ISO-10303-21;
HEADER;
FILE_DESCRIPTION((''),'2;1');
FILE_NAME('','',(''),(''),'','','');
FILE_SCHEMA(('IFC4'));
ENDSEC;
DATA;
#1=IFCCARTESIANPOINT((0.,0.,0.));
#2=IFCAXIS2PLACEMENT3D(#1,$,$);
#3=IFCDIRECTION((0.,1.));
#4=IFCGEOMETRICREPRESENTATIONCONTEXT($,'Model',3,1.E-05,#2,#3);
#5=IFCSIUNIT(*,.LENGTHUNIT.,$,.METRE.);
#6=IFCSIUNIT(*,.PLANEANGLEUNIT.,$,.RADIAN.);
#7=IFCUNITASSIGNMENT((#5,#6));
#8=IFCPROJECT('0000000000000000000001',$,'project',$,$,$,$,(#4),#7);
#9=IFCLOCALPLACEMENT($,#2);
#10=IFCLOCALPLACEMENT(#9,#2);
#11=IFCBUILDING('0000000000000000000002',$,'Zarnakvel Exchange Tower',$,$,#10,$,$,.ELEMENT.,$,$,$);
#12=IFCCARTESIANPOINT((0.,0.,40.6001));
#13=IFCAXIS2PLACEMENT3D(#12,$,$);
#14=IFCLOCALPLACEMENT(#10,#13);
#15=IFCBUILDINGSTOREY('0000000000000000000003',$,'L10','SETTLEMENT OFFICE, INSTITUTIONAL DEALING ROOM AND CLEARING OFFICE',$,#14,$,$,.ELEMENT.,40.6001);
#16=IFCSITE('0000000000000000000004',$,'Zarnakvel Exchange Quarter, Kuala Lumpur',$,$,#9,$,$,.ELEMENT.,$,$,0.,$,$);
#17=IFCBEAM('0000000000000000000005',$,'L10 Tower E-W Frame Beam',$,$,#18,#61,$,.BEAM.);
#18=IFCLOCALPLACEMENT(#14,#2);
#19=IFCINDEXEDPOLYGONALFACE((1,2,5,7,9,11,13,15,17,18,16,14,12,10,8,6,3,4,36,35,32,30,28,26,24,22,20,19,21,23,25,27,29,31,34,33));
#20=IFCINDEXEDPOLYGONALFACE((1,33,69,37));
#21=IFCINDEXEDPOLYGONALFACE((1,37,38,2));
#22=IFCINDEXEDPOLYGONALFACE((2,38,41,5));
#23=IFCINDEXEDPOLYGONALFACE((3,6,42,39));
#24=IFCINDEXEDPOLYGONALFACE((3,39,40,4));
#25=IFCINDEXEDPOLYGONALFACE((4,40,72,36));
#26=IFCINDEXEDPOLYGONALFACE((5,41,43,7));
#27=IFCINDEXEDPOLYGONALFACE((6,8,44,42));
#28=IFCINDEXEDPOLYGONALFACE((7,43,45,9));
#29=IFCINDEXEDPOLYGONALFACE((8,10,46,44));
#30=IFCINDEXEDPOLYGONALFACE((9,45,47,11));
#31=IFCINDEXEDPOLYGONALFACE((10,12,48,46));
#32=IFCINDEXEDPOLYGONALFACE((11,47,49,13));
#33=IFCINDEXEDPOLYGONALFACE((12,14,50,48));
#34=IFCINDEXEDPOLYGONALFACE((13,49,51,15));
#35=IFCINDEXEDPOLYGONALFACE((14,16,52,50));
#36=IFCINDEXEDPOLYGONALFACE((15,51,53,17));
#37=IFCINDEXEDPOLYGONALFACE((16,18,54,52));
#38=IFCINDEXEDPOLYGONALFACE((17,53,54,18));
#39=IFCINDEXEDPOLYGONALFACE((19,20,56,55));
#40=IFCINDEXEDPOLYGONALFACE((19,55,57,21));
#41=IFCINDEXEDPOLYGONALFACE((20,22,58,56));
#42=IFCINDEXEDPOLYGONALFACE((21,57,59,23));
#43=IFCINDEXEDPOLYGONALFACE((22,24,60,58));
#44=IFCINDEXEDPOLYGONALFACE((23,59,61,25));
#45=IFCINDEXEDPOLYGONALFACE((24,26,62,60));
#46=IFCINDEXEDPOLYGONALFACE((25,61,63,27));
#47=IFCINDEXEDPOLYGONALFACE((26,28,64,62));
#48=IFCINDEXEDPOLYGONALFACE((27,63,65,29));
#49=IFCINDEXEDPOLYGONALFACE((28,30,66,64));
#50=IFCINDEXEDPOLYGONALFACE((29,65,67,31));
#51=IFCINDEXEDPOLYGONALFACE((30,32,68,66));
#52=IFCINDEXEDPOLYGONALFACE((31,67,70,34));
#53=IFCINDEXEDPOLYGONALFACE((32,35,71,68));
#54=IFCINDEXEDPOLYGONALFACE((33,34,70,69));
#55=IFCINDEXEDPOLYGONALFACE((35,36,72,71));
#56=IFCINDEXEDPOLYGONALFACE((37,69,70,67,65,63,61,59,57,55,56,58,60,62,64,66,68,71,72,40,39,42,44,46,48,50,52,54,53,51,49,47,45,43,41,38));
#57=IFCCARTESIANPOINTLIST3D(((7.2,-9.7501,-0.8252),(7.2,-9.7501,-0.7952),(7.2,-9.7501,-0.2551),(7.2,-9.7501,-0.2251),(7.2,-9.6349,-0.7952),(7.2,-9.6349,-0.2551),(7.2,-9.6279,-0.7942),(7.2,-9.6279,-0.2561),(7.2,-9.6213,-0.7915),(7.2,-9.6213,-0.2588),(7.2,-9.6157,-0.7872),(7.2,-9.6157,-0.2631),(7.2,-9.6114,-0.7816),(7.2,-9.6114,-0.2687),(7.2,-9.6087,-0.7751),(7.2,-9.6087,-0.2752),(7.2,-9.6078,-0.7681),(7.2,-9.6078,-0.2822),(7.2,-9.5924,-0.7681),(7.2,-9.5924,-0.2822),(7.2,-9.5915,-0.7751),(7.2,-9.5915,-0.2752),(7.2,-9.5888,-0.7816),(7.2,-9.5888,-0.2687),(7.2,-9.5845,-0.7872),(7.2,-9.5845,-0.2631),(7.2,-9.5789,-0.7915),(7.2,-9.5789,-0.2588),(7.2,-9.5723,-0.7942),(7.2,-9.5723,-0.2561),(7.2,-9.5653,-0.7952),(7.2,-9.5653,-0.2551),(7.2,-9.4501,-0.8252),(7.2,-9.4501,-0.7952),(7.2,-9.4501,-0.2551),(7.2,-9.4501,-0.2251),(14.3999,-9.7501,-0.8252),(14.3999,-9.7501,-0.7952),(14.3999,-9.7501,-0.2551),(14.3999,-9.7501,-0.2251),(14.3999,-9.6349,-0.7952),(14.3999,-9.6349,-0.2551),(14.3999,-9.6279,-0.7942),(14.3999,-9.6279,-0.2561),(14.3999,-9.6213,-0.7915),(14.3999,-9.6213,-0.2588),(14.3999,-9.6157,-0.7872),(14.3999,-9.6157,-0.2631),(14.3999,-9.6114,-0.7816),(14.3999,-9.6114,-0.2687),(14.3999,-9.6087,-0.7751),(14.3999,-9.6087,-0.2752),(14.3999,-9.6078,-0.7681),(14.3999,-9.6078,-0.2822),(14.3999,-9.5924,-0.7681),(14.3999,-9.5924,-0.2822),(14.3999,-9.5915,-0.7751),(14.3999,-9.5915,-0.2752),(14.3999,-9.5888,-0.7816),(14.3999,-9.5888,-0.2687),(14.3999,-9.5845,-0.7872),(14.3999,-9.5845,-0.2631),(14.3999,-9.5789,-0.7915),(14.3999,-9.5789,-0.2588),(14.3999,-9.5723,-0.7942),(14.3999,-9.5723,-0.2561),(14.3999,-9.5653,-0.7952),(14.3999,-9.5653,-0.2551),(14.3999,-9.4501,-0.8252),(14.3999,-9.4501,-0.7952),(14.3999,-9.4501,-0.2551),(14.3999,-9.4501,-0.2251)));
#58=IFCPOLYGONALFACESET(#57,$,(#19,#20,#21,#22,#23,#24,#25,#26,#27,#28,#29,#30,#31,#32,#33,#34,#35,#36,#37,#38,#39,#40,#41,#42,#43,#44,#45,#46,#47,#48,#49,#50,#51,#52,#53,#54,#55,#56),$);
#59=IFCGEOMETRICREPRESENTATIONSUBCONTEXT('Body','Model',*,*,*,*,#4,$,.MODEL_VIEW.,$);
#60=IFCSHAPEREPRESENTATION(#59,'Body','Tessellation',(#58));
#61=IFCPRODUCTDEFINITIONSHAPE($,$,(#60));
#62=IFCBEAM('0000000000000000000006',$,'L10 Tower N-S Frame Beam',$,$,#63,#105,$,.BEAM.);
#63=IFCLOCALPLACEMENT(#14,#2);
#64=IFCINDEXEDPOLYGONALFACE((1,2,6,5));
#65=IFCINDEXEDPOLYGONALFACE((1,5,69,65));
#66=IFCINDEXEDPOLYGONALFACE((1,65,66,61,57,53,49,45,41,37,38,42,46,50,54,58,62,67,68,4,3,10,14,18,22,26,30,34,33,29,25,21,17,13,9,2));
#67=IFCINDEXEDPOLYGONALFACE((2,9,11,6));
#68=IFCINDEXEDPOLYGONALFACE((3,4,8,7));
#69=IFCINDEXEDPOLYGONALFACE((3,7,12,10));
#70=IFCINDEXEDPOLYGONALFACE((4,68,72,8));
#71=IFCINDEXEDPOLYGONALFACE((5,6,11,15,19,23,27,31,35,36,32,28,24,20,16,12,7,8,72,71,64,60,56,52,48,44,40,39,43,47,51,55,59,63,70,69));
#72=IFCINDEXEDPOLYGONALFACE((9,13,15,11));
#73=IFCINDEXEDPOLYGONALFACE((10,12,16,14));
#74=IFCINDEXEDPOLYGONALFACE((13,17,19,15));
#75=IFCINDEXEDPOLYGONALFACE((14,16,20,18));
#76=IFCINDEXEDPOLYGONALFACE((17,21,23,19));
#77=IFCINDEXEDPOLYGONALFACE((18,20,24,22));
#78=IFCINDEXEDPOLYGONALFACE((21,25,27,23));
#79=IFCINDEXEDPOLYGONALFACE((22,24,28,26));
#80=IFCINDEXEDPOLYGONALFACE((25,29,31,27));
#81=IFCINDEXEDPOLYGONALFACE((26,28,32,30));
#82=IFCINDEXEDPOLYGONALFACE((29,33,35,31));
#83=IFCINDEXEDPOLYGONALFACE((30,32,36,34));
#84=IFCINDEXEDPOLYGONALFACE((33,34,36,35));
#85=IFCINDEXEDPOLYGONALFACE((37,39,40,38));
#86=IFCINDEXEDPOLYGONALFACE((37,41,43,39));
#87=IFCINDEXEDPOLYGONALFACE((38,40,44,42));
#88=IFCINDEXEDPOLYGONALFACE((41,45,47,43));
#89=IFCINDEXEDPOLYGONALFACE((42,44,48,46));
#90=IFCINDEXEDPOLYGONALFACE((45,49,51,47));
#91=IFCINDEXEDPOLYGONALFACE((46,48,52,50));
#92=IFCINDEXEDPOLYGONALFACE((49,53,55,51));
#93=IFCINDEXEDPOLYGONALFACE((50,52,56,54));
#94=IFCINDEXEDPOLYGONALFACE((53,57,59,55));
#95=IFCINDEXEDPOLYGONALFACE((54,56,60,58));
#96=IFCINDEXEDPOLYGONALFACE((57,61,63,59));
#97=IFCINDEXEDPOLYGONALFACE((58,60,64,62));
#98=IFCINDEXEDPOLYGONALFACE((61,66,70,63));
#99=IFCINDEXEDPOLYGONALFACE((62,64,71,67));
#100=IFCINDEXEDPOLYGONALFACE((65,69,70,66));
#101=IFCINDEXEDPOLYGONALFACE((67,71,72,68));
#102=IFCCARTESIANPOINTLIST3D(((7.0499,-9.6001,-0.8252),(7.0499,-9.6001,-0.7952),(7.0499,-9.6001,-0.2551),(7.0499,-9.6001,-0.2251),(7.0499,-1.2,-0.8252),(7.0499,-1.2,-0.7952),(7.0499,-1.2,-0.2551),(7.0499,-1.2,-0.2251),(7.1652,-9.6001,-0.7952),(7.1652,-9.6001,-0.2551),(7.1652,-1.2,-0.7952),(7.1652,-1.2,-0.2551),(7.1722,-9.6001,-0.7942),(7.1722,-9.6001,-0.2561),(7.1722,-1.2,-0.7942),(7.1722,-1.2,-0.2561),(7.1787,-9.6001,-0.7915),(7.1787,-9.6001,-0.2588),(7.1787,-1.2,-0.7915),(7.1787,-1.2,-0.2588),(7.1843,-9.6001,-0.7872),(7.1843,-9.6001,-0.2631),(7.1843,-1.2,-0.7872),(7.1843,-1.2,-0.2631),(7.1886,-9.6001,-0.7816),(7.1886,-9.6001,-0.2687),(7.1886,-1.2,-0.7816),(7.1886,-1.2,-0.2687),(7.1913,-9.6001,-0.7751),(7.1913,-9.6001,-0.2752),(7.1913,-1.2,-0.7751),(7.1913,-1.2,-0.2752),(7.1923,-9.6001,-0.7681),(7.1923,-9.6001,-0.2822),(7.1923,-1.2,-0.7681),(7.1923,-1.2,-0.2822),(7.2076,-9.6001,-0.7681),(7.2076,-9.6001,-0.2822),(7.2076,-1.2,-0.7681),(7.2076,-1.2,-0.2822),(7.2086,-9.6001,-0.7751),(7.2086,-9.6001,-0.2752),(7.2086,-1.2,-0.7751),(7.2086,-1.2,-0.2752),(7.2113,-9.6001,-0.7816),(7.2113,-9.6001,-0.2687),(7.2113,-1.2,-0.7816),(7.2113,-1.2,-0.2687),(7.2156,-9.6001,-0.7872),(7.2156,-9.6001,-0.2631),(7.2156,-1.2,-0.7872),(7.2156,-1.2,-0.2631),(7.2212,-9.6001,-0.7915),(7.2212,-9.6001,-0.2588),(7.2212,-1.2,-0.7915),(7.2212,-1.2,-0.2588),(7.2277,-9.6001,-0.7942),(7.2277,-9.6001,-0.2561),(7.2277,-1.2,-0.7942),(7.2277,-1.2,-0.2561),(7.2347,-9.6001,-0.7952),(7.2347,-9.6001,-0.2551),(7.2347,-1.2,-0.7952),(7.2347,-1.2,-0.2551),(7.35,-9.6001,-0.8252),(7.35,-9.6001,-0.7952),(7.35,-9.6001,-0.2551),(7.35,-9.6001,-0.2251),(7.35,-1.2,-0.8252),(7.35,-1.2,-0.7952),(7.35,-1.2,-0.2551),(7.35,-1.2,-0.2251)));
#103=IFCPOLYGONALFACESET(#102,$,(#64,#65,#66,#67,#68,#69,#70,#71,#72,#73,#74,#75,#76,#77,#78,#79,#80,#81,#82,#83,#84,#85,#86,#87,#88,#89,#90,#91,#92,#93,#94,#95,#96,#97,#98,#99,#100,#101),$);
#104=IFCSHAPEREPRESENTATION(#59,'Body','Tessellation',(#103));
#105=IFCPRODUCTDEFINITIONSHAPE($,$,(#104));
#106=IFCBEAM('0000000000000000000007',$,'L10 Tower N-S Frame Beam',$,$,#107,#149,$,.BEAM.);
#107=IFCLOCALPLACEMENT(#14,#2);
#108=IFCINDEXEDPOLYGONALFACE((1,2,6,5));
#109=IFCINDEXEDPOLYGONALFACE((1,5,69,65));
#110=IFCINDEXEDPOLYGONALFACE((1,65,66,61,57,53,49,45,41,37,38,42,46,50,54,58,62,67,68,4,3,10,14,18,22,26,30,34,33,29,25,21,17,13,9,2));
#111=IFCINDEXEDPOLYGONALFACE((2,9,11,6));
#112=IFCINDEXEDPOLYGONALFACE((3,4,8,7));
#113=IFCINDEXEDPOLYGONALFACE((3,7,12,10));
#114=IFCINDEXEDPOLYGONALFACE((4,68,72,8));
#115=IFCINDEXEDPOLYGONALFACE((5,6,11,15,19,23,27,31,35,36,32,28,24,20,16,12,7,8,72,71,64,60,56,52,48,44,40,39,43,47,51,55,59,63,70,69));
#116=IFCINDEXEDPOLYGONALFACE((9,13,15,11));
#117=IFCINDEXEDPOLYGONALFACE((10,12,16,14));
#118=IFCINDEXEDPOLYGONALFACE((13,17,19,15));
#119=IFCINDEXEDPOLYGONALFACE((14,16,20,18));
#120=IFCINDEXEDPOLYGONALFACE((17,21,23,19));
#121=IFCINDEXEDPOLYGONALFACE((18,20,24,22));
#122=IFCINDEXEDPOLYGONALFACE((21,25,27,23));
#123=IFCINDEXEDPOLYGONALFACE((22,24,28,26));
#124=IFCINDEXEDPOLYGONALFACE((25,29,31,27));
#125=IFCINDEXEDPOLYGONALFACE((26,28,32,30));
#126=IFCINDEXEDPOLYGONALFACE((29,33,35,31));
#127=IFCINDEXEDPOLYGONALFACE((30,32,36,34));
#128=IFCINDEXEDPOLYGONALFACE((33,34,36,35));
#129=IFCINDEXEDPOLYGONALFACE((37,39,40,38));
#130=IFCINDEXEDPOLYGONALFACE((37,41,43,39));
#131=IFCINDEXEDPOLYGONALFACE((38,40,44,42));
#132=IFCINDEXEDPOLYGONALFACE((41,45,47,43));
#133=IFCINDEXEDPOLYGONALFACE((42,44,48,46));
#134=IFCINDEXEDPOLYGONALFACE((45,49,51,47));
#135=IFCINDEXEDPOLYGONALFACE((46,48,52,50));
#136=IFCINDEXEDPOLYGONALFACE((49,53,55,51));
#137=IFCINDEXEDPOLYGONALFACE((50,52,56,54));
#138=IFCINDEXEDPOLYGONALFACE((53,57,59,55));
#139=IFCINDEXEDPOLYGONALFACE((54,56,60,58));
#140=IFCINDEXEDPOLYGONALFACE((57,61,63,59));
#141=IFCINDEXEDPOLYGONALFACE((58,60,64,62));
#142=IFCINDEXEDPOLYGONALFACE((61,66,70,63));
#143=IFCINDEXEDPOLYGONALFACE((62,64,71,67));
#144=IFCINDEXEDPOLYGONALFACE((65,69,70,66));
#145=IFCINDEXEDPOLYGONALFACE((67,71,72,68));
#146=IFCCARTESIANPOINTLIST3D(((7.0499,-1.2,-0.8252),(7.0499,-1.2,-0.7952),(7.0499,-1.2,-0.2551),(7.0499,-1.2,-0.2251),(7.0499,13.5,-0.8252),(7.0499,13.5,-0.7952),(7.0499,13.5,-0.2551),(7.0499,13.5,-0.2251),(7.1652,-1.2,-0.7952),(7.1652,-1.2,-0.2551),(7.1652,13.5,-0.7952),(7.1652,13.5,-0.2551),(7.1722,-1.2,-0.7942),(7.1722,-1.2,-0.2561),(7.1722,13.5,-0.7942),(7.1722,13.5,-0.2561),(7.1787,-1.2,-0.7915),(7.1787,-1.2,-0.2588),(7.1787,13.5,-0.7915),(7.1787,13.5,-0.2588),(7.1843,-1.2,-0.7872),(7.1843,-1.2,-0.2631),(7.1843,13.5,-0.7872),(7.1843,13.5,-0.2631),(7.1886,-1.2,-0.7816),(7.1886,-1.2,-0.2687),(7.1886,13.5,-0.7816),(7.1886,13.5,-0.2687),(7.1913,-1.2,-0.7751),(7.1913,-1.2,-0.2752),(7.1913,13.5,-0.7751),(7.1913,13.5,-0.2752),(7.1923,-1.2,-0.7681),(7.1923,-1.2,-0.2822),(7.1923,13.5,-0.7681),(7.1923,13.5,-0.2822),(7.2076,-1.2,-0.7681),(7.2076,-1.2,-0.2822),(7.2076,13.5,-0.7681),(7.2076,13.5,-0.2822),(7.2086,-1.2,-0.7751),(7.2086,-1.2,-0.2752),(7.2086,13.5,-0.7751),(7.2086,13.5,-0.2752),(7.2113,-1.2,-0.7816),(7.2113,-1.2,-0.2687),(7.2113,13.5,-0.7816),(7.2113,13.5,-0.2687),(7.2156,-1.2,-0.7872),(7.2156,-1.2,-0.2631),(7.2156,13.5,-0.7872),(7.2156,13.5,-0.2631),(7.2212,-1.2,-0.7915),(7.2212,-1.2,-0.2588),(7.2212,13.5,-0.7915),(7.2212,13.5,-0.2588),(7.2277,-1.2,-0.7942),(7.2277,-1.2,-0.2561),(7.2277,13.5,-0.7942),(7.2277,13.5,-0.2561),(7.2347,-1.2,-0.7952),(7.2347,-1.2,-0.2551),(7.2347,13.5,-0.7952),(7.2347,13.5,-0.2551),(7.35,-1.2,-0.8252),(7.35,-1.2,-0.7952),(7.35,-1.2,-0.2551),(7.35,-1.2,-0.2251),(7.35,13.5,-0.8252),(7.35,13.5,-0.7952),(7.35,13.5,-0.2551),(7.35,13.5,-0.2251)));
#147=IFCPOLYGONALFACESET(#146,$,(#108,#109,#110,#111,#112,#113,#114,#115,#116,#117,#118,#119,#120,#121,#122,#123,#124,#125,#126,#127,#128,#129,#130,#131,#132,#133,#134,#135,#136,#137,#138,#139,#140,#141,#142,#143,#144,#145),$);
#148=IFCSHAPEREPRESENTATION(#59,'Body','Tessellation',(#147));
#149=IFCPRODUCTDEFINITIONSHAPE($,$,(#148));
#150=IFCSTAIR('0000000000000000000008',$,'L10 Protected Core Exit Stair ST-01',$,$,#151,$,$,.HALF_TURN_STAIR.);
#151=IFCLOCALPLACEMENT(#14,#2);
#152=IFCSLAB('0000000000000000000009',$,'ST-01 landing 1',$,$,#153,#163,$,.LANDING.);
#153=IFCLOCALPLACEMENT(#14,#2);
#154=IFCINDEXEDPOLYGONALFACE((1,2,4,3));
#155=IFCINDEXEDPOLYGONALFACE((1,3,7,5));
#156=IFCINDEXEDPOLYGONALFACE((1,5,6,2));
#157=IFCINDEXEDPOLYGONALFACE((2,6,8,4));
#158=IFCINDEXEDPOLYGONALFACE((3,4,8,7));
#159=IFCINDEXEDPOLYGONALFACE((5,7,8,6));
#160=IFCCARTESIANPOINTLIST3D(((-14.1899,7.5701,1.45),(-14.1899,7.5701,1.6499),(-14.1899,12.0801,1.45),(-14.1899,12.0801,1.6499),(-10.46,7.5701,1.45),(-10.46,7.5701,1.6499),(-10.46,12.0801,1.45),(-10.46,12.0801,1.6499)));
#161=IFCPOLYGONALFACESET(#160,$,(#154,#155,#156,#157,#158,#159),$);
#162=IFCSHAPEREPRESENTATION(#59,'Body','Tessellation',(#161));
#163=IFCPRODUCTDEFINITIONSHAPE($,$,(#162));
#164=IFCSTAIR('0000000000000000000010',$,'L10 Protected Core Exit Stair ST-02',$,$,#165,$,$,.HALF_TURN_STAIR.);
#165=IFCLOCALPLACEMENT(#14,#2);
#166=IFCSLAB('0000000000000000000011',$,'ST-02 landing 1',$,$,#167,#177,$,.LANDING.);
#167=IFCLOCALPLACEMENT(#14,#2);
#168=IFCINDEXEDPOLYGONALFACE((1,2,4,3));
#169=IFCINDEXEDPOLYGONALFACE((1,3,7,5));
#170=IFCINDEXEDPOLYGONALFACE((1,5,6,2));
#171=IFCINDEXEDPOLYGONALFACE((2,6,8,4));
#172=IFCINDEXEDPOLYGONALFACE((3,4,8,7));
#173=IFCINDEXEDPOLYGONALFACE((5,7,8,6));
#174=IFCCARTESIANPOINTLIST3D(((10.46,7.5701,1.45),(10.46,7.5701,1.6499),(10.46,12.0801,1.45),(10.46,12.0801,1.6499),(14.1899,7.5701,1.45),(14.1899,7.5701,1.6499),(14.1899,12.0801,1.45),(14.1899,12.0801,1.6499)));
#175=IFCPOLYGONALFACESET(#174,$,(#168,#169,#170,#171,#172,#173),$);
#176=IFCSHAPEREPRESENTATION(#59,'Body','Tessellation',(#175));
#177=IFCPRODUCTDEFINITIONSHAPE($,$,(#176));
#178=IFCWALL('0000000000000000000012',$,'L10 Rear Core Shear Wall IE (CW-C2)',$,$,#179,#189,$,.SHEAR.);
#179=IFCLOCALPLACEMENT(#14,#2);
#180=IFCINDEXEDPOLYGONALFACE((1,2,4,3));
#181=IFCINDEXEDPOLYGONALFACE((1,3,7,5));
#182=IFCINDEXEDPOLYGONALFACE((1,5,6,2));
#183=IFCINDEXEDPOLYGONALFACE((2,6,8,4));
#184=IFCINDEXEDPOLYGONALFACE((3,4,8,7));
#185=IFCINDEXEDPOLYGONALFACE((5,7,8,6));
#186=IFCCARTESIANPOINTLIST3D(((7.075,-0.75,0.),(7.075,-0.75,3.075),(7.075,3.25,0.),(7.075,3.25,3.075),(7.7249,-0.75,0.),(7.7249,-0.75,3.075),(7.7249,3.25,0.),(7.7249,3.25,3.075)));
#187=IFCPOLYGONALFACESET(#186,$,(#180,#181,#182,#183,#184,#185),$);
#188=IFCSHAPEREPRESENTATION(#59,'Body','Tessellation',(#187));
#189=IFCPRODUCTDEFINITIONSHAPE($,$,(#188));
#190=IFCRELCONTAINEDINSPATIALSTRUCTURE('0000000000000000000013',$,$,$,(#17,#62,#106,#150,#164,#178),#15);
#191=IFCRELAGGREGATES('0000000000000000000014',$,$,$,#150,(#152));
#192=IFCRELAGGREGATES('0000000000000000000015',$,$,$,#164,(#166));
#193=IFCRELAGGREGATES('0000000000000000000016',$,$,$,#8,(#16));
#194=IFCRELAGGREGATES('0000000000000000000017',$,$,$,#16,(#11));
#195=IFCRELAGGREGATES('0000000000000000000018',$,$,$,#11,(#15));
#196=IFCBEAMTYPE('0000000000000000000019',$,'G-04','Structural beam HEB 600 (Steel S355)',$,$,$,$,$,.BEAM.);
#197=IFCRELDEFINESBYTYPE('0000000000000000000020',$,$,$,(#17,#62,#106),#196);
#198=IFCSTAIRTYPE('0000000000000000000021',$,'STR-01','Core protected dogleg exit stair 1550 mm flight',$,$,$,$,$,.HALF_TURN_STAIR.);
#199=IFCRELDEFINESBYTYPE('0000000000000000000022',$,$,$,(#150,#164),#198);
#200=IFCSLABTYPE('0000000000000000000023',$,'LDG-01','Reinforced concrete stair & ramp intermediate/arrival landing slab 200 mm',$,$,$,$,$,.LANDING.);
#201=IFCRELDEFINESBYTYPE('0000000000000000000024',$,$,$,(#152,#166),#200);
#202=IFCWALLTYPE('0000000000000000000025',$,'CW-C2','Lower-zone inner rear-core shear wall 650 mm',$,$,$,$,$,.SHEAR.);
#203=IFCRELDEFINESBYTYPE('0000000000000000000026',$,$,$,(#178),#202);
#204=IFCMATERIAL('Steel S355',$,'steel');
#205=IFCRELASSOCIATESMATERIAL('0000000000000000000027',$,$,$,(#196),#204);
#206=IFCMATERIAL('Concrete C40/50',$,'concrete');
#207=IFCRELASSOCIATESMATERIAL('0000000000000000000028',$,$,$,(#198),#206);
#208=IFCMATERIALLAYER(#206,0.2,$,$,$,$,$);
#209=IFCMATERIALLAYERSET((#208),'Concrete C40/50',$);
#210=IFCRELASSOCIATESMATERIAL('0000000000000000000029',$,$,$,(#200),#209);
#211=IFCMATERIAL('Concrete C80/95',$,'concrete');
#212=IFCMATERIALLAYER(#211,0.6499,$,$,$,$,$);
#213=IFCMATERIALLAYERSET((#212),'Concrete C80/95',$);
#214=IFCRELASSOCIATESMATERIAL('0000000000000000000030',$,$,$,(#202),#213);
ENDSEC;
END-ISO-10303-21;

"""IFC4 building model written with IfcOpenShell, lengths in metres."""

from ifc_helpers import new_model, si_unit, direction, frame, frame_2d, origin, origin_2d, place, context, subcontext, project, spatial, polyline, rectangle, i_section, outline, extrude, material, layer, layer_set, material_profile, profile_set, type_object, element, aggregate, save


model = new_model("IFC4")

# Units and contexts
model_context = context("Model", 3, precision=1e-05, world=origin(), true_north=direction((0.0, 1.0)))
body_context = subcontext(model_context, "Body", "Model", "MODEL_VIEW")
ifc_project = project(units=[si_unit("LENGTHUNIT", "METRE"), si_unit("PLANEANGLEUNIT", "RADIAN")], contexts=[model_context])

# Site, building, storey
site_placement = place(None, origin())
site = spatial("IfcSite", under=ifc_project, at=site_placement, Name="Zarnakvel Exchange Quarter, Kuala Lumpur", CompositionType="ELEMENT", RefElevation=0.0)
building_placement = place(site_placement, origin())
building = spatial("IfcBuilding", under=site, at=building_placement, Name="Zarnakvel Exchange Tower", CompositionType="ELEMENT")
storey_placement = place(building_placement, frame((0.0, 0.0, 40.6001)))
storey = spatial("IfcBuildingStorey", under=building, at=storey_placement, Name="L10", Description="SETTLEMENT OFFICE, INSTITUTIONAL DEALING ROOM AND CLEARING OFFICE", CompositionType="ELEMENT", Elevation=40.6001)

# Shared definitions
ifc_material_1 = material(Name="Concrete C80/95", Category="concrete")

# Beams
ifc_material_2 = material(Name="Steel S355", Category="steel")
ifc_material_profile_1 = material_profile(ifc_material_2, i_section(OverallWidth=0.3, OverallDepth=0.6001, WebThickness=0.0154, FlangeThickness=0.03, FilletRadius=0.0271, at=origin_2d()))
ifc_profile_set_1 = profile_set([ifc_material_profile_1], Name="Steel S355")
beam_type_1 = type_object("IfcBeamType", Name="G-04", Description="Structural beam HEB 600 (Steel S355)", PredefinedType="BEAM", material=ifc_profile_set_1)
beam_1_placement = place(storey_placement, frame((7.2, -9.6001, -0.5251), z_axis=(1.0, 0.0, 0.0), x_axis=(0.0, 1.0, 0.0)))
element("IfcBeam", 1, at=beam_1_placement, inside=storey, type_object=beam_type_1, Name="L10 Tower E-W Frame Beam", PredefinedType="BEAM", context=body_context, shape_type="SweptSolid", body=[
    extrude(i_section(OverallWidth=0.3, OverallDepth=0.6001, WebThickness=0.0154, FlangeThickness=0.03, FilletRadius=0.0271, at=origin_2d()), origin(), (0.0, 0.0, 1.0), 7.2),
])
beam_2_placement = place(storey_placement, frame((7.2, -9.6001, -0.5251), z_axis=(0.0, 1.0, 0.0), x_axis=(-1.0, 0.0, 0.0)))
element("IfcBeam", 2, at=beam_2_placement, inside=storey, type_object=beam_type_1, Name="L10 Tower N-S Frame Beam", PredefinedType="BEAM", context=body_context, shape_type="SweptSolid", body=[
    extrude(i_section(OverallWidth=0.3, OverallDepth=0.6001, WebThickness=0.0154, FlangeThickness=0.03, FilletRadius=0.0271, at=origin_2d()), origin(), (0.0, 0.0, 1.0), 8.4001),
])
beam_3_placement = place(storey_placement, frame((7.2, -1.2, -0.5251), z_axis=(0.0, 1.0, 0.0), x_axis=(-1.0, 0.0, 0.0)))
element("IfcBeam", 3, at=beam_3_placement, inside=storey, type_object=beam_type_1, Name="L10 Tower N-S Frame Beam", PredefinedType="BEAM", context=body_context, shape_type="SweptSolid", body=[
    extrude(i_section(OverallWidth=0.3, OverallDepth=0.6001, WebThickness=0.0154, FlangeThickness=0.03, FilletRadius=0.0271, at=origin_2d()), origin(), (0.0, 0.0, 1.0), 14.7),
])

# Stairs, slabs
ifc_material_3 = material(Name="Concrete C40/50", Category="concrete")
stair_type = type_object("IfcStairType", Name="STR-01", Description="Core protected dogleg exit stair 1550 mm flight", PredefinedType="HALF_TURN_STAIR", material=ifc_material_3)
stair_1_placement = place(storey_placement, origin())
stair_1 = element("IfcStair", 4, at=stair_1_placement, inside=storey, type_object=stair_type, Name="L10 Protected Core Exit Stair ST-01", PredefinedType="HALF_TURN_STAIR")
ifc_layer_1 = layer(ifc_material_3, 0.2)
ifc_layer_set_1 = layer_set([ifc_layer_1], Name="Concrete C40/50")
slab_type = type_object("IfcSlabType", Name="LDG-01", Description="Reinforced concrete stair & ramp intermediate/arrival landing slab 200 mm", PredefinedType="LANDING", material=ifc_layer_set_1)
slab_1_placement = place(storey_placement, frame((0.0, 0.0, 1.45)))
slab_1 = element("IfcSlab", 5, at=slab_1_placement, type_object=slab_type, Name="ST-01 landing 1", PredefinedType="LANDING", context=body_context, shape_type="SweptSolid", body=[
    extrude(outline(polyline([(-14.1899, 7.5701), (-10.46, 7.5701), (-10.46, 12.0801), (-14.1899, 12.0801), (-14.1899, 7.5701)])), origin(), (0.0, 0.0, 1.0), 0.2),
])
aggregate(stair_1, [slab_1])
stair_2_placement = place(storey_placement, origin())
stair_2 = element("IfcStair", 6, at=stair_2_placement, inside=storey, type_object=stair_type, Name="L10 Protected Core Exit Stair ST-02", PredefinedType="HALF_TURN_STAIR")
slab_2_placement = place(storey_placement, frame((0.0, 0.0, 1.45)))
slab_2 = element("IfcSlab", 7, at=slab_2_placement, type_object=slab_type, Name="ST-02 landing 1", PredefinedType="LANDING", context=body_context, shape_type="SweptSolid", body=[
    extrude(outline(polyline([(10.46, 7.5701), (14.1899, 7.5701), (14.1899, 12.0801), (10.46, 12.0801), (10.46, 7.5701)])), origin(), (0.0, 0.0, 1.0), 0.2),
])
aggregate(stair_2, [slab_2])

# Wall
ifc_layer_2 = layer(ifc_material_1, 0.6499)
ifc_layer_set_2 = layer_set([ifc_layer_2], Name="Concrete C80/95")
wall_type_1 = type_object("IfcWallType", Name="CW-C2", Description="Lower-zone inner rear-core shear wall 650 mm", PredefinedType="SHEAR", material=ifc_layer_set_2)
wall_1_placement = place(storey_placement, frame((7.3999, -0.75, 0.0), z_axis=(0.0, 0.0, 1.0), x_axis=(0.0, 1.0, 0.0)))
element("IfcWall", 8, at=wall_1_placement, inside=storey, type_object=wall_type_1, Name="L10 Rear Core Shear Wall IE (CW-C2)", PredefinedType="SHEAR", context=body_context, shape_type="SweptSolid", body=[
    extrude(rectangle(XDim=4.0, YDim=0.6499, at=frame_2d((2.0, 0.0))), origin(), (0.0, 0.0, 1.0), 3.075),
])

save(model, "model.ifc")
